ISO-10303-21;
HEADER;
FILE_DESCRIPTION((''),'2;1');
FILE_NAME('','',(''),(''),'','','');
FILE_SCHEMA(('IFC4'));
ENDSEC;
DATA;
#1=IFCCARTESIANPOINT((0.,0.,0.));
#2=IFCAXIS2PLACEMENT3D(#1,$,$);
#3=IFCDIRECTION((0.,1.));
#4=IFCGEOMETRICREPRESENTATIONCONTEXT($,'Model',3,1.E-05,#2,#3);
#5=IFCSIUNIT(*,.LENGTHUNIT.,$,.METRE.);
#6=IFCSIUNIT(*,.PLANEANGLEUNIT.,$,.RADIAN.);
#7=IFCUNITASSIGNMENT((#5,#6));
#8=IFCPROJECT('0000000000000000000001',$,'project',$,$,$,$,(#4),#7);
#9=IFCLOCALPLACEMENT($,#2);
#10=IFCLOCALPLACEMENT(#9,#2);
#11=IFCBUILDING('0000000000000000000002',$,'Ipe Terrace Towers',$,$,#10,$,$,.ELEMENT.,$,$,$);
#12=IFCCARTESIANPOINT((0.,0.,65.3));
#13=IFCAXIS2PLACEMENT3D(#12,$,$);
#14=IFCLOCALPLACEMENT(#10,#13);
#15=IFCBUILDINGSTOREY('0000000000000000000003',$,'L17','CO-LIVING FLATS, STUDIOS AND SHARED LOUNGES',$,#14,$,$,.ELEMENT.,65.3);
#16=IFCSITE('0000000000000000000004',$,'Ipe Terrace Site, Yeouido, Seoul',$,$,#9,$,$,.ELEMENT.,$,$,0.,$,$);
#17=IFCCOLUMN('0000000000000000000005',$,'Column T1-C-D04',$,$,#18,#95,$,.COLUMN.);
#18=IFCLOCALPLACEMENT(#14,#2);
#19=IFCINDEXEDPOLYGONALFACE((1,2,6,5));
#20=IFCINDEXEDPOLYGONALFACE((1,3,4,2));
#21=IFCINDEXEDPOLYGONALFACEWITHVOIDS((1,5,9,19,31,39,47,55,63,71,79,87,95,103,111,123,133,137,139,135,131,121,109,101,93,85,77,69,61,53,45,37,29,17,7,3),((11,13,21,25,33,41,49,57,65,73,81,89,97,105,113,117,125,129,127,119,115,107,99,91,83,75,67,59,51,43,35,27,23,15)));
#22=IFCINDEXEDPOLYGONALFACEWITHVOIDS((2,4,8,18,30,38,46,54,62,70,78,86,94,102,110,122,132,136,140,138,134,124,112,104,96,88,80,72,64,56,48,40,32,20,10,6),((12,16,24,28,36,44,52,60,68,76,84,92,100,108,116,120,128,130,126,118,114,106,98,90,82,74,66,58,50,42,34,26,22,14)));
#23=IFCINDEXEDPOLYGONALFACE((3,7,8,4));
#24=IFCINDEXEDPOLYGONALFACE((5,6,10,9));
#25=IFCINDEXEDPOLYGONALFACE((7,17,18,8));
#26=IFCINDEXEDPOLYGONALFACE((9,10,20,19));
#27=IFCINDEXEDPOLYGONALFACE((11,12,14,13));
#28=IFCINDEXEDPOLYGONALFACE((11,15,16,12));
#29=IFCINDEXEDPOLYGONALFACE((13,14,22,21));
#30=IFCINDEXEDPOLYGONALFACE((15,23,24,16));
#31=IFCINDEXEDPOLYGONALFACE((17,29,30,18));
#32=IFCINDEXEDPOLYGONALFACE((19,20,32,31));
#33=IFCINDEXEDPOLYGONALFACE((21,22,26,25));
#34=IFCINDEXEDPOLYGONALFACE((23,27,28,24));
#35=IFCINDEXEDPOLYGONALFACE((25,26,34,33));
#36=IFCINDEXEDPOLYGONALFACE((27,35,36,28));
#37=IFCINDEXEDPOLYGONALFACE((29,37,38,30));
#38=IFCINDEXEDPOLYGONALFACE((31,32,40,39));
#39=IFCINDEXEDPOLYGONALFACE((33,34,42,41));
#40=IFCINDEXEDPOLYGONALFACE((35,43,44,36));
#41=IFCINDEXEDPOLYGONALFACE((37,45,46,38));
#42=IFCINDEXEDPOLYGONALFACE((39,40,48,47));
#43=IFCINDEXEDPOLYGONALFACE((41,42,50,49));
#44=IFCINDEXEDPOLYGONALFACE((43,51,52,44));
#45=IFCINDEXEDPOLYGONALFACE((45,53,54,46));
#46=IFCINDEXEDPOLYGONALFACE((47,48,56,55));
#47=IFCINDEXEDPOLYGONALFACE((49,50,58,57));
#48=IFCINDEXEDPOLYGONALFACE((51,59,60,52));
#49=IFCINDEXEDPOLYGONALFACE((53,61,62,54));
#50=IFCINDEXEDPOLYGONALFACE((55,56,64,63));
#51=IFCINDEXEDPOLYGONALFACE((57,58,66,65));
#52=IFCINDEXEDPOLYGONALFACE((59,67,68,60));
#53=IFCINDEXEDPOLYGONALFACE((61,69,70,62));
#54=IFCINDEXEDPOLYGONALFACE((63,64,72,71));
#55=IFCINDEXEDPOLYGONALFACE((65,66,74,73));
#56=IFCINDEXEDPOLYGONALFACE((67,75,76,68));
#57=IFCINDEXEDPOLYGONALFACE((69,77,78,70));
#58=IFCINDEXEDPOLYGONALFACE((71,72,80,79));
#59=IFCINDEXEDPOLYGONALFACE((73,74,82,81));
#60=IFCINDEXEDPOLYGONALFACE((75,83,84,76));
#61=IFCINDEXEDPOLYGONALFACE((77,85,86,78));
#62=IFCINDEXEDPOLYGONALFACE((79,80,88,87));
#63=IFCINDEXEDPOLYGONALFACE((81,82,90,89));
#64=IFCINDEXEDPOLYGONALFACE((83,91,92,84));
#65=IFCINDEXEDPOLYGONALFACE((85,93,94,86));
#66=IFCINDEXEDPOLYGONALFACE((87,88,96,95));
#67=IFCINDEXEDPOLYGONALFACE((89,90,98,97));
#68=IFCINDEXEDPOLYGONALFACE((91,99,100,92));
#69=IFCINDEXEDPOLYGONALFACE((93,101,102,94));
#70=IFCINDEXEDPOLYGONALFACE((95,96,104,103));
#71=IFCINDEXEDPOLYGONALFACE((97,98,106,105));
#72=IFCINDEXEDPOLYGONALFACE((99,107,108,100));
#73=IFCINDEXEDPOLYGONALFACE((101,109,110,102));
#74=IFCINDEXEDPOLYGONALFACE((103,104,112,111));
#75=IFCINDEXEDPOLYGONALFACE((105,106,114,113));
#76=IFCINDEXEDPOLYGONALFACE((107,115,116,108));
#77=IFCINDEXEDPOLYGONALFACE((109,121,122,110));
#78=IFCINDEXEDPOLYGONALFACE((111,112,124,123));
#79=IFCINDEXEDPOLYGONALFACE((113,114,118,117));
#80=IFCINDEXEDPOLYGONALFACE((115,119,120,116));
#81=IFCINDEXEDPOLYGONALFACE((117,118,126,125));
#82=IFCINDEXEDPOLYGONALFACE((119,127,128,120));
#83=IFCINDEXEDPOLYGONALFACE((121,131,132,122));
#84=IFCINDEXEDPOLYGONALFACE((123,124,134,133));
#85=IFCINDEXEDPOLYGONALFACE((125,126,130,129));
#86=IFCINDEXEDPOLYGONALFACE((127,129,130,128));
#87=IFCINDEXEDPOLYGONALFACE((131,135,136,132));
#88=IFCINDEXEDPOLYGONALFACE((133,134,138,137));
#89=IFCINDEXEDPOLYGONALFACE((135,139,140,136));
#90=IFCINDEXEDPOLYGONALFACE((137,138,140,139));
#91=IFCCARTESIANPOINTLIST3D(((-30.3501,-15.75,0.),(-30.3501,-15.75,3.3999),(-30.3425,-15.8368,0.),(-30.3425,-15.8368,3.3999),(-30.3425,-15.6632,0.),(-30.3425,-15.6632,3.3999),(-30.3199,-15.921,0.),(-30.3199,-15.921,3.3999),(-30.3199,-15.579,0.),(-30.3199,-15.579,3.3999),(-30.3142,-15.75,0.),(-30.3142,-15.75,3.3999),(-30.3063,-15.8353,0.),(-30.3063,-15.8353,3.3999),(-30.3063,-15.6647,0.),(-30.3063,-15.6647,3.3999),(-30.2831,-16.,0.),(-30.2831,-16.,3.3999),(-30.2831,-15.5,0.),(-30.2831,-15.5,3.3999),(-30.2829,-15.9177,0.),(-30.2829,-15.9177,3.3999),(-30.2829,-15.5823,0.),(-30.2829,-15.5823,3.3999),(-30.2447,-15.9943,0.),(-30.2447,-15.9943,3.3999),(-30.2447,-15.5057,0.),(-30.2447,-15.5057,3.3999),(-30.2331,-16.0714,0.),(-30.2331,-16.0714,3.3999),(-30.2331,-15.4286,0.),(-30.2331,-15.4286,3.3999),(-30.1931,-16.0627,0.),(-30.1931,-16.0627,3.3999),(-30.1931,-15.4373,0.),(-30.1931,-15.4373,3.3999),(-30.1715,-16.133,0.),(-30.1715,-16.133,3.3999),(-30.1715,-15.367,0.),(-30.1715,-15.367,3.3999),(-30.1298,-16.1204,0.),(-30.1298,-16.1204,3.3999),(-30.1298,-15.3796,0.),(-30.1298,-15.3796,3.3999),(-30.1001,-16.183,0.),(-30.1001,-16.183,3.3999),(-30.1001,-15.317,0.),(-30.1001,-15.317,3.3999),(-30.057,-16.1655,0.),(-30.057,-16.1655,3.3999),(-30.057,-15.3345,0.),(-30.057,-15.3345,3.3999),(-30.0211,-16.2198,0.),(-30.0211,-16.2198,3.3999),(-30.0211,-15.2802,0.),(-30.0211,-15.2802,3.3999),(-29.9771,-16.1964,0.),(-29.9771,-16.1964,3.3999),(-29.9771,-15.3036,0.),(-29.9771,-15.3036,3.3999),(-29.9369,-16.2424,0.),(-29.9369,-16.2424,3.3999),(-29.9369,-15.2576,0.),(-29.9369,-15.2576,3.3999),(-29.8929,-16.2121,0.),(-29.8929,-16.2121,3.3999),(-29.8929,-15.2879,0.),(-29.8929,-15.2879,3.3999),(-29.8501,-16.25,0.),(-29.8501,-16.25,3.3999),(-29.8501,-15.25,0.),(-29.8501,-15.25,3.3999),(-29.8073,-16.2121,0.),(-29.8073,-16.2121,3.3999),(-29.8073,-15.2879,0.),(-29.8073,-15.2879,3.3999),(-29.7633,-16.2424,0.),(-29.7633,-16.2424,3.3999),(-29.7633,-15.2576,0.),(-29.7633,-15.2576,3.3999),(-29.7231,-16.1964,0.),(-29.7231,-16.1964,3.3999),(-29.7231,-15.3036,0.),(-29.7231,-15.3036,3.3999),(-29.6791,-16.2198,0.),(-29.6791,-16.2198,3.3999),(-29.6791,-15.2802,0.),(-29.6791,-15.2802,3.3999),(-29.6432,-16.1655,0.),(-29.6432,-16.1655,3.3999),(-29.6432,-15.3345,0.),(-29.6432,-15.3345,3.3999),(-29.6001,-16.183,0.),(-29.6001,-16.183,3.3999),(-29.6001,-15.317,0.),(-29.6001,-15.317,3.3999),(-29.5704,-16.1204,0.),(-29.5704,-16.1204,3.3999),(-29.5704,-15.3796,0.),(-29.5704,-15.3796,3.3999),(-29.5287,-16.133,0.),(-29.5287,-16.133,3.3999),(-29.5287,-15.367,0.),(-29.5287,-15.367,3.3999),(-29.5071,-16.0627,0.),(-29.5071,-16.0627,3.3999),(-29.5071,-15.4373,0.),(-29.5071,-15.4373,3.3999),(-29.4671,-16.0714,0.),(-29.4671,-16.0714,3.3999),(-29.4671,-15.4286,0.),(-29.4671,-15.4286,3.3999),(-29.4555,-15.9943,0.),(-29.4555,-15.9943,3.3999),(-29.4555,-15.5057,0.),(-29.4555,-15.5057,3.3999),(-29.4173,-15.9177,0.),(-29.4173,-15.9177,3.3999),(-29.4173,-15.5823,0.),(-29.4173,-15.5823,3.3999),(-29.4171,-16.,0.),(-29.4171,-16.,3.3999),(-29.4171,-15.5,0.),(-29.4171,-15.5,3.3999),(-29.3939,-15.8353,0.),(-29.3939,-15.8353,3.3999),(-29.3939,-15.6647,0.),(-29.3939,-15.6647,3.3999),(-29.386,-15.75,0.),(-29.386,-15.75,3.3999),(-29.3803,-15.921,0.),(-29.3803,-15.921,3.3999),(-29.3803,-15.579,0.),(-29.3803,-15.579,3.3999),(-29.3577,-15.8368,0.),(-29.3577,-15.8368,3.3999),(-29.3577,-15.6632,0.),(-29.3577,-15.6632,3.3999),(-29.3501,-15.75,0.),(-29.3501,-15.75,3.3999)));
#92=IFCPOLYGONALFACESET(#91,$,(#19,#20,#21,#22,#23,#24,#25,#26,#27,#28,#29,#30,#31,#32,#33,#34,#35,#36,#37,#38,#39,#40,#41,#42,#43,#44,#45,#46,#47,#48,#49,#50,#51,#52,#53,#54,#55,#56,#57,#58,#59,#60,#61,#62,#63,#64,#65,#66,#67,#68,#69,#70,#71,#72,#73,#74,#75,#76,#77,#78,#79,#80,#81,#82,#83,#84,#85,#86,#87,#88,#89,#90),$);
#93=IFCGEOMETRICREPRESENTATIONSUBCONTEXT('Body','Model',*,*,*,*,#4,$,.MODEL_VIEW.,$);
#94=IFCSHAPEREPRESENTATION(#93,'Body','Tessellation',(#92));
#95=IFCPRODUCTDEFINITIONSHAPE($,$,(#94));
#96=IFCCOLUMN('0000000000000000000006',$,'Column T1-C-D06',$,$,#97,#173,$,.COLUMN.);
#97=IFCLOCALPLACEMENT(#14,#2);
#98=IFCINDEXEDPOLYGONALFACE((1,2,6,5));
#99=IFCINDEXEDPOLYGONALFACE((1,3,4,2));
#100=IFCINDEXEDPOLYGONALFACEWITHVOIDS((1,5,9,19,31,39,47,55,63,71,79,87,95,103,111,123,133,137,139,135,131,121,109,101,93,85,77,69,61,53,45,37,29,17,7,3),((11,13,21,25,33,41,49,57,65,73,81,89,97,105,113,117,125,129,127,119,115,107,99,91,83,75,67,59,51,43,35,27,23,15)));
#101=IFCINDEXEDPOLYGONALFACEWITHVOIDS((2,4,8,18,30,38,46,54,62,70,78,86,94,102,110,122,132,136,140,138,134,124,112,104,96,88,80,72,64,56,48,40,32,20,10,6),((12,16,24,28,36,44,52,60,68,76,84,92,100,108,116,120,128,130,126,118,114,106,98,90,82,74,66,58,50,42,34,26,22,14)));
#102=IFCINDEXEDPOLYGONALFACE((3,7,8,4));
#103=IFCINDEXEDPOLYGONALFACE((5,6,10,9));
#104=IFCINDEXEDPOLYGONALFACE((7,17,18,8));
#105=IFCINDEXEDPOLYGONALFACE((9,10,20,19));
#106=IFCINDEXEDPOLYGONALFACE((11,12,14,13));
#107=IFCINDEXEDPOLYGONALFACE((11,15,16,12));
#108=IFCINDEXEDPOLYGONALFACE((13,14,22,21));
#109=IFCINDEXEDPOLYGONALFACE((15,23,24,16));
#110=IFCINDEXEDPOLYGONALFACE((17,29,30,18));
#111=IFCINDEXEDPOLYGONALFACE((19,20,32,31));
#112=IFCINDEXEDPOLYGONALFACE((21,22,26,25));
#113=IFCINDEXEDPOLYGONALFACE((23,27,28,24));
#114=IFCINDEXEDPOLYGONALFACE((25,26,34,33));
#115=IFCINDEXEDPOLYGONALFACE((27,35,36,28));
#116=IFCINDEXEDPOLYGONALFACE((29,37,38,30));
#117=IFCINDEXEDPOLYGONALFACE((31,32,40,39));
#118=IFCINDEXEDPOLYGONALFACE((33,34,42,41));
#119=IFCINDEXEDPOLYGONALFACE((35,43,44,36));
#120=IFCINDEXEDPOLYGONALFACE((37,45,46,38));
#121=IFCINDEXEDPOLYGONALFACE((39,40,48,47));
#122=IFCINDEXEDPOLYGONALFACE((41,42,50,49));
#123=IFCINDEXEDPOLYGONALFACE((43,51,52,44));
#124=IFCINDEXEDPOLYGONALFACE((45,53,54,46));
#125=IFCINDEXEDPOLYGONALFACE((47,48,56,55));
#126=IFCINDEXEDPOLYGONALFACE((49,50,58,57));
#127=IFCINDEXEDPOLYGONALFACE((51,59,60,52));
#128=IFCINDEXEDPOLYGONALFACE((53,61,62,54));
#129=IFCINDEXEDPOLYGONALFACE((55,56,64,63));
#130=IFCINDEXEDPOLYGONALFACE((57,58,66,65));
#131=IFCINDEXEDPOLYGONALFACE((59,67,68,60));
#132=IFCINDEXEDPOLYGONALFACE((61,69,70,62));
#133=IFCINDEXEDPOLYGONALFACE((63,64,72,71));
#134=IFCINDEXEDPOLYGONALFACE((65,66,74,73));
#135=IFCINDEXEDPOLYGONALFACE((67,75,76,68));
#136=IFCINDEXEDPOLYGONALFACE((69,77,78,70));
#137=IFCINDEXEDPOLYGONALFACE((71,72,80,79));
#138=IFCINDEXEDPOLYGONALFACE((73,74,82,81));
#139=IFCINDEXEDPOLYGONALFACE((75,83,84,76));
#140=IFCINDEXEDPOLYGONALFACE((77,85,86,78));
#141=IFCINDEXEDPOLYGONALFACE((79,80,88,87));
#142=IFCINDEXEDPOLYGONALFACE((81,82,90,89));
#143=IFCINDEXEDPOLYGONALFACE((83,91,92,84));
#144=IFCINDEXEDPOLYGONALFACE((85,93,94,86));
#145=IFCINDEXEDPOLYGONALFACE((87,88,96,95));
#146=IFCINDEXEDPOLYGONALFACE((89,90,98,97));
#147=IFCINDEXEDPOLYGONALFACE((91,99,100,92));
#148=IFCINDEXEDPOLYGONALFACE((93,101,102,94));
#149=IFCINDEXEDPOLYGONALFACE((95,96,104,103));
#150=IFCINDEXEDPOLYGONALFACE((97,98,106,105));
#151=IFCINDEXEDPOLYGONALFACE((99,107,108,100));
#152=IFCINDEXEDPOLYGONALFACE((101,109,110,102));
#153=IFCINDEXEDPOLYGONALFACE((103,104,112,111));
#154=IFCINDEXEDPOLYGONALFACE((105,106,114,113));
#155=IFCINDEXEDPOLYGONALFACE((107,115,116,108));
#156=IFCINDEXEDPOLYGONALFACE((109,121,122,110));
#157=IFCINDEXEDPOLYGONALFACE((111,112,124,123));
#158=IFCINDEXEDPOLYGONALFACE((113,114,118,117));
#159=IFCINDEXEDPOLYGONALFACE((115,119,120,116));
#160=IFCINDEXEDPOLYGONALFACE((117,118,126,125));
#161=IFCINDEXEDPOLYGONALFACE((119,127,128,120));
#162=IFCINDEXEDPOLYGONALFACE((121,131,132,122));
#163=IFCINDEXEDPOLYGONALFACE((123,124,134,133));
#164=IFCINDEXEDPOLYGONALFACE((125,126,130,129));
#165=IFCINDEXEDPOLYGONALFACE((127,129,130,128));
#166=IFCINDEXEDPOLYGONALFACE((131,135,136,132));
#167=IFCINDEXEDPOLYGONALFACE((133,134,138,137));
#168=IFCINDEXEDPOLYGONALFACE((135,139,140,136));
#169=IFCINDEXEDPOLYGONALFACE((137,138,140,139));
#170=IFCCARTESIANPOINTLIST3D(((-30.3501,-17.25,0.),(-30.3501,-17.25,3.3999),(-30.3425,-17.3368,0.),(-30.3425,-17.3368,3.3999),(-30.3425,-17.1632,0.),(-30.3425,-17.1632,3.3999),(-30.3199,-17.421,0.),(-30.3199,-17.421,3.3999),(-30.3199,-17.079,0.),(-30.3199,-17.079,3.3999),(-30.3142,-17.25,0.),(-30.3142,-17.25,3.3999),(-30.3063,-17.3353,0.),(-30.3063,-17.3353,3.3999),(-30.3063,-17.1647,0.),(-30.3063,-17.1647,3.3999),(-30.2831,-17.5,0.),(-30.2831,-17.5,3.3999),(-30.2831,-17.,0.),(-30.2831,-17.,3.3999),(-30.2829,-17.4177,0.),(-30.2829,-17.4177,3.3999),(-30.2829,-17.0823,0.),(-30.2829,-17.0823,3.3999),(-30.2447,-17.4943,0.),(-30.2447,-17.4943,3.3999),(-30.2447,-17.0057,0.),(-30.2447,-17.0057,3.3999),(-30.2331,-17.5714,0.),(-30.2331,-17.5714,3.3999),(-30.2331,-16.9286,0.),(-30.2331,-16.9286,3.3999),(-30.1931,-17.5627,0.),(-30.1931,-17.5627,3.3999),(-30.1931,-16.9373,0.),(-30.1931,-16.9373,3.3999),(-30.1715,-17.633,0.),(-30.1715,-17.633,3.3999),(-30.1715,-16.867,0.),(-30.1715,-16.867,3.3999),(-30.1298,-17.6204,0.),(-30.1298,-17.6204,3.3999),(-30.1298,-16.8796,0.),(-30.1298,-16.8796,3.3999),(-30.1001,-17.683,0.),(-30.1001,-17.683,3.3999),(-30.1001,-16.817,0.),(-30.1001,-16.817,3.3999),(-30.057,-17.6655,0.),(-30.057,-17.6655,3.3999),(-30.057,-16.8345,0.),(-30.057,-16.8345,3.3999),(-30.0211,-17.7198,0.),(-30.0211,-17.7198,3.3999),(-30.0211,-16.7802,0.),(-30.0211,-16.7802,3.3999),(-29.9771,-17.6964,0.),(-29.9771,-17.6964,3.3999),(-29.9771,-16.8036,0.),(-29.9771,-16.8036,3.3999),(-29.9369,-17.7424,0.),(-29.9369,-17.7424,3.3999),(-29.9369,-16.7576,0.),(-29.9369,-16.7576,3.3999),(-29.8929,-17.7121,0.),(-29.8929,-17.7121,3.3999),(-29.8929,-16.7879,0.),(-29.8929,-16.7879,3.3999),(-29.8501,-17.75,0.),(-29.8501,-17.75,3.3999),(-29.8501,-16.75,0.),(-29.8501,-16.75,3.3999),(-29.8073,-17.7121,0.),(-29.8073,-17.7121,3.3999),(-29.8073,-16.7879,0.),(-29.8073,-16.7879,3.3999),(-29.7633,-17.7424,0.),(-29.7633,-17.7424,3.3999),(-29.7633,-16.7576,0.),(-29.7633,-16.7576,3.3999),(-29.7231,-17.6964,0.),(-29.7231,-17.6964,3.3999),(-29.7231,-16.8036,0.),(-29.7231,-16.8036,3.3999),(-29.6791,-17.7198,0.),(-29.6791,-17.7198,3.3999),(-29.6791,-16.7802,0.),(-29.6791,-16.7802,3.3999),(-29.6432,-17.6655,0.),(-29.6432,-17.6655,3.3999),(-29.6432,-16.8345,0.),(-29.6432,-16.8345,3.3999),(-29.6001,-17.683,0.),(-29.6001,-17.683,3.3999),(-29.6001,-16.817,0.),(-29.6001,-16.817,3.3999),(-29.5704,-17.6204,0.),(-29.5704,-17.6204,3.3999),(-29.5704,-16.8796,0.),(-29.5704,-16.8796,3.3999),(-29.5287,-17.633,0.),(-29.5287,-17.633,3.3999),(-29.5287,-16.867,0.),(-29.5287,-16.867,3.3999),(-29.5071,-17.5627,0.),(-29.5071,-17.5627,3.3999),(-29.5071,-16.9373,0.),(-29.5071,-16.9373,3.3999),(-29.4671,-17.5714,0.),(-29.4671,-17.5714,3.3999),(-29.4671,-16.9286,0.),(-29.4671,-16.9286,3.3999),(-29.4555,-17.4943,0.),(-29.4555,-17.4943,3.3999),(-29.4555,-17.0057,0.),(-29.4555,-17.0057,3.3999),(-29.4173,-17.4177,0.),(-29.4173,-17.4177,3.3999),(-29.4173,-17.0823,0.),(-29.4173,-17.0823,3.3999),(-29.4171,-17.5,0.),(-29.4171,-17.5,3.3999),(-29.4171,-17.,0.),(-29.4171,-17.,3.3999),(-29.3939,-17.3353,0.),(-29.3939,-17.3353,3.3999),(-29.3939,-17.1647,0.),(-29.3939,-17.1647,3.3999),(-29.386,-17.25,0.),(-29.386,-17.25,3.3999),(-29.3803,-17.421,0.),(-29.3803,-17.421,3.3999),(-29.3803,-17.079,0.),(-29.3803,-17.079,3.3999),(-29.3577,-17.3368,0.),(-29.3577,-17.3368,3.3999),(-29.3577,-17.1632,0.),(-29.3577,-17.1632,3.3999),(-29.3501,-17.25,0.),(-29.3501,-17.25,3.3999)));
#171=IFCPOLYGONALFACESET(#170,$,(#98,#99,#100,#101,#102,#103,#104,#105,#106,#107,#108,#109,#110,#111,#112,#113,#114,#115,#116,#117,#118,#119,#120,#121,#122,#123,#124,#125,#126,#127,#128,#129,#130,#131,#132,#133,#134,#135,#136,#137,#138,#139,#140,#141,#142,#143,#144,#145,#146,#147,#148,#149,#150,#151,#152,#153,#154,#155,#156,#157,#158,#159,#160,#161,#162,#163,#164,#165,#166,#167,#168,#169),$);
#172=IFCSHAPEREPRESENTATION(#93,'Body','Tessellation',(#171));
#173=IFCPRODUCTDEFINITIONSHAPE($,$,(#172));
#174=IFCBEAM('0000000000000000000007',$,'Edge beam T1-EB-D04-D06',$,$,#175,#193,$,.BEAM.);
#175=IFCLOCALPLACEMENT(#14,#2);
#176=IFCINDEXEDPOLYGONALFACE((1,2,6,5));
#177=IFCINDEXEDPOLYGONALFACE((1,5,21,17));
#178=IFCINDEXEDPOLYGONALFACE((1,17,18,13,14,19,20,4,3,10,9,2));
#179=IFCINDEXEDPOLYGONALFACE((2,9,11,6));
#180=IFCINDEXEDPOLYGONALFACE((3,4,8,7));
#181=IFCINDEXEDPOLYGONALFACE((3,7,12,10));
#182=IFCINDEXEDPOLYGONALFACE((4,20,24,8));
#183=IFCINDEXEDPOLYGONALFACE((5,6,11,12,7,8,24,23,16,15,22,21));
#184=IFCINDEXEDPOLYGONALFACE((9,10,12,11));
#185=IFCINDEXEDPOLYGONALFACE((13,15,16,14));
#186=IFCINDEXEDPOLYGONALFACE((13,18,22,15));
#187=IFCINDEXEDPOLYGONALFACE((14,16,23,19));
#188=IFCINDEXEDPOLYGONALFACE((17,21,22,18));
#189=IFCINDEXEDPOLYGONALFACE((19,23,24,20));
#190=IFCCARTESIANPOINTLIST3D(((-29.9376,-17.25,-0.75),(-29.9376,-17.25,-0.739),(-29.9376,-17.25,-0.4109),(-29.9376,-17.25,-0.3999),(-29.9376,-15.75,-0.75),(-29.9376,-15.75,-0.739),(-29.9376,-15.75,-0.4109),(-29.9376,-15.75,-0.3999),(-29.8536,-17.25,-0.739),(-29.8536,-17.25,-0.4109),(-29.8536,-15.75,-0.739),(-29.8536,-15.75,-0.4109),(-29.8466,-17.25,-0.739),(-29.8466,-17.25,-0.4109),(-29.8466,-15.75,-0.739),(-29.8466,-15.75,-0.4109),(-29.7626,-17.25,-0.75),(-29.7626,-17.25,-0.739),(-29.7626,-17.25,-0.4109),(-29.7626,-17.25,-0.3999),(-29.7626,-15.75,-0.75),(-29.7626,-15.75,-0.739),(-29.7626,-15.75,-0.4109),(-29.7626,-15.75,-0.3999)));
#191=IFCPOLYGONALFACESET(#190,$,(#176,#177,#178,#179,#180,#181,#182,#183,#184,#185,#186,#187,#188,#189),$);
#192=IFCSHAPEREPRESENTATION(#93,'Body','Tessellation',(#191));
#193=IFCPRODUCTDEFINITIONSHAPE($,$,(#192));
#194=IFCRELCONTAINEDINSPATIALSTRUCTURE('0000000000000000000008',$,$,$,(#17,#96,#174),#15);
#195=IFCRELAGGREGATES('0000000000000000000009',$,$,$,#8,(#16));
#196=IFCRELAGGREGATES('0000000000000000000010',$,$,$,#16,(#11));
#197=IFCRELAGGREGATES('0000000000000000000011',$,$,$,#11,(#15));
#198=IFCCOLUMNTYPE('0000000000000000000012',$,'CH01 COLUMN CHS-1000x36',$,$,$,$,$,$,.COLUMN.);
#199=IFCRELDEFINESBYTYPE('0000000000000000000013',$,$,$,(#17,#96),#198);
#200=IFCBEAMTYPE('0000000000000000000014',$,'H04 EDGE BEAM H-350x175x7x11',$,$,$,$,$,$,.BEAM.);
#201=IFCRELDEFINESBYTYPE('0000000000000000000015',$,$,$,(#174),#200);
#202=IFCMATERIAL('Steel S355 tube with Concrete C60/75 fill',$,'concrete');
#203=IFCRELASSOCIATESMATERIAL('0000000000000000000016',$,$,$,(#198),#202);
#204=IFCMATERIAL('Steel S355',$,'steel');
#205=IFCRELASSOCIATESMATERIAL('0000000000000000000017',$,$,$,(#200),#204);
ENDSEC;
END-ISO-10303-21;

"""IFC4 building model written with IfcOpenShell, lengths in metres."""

from ifc_helpers import new_model, si_unit, direction, frame, origin, origin_2d, place, context, subcontext, project, spatial, hollow_circle, i_section, extrude, material, material_profile, profile_set, type_object, element, save


model = new_model("IFC4")

# Units and contexts
model_context = context("Model", 3, precision=1e-05, world=origin(), true_north=direction((0.0, 1.0)))
body_context = subcontext(model_context, "Body", "Model", "MODEL_VIEW")
ifc_project = project(units=[si_unit("LENGTHUNIT", "METRE"), si_unit("PLANEANGLEUNIT", "RADIAN")], contexts=[model_context])

# Site, building, storey
site_placement = place(None, origin())
site = spatial("IfcSite", under=ifc_project, at=site_placement, Name="Ipe Terrace Site, Yeouido, Seoul", CompositionType="ELEMENT", RefElevation=0.0)
building_placement = place(site_placement, origin())
building = spatial("IfcBuilding", under=site, at=building_placement, Name="Ipe Terrace Towers", CompositionType="ELEMENT")
storey_placement = place(building_placement, frame((0.0, 0.0, 65.3)))
storey = spatial("IfcBuildingStorey", under=building, at=storey_placement, Name="L17", Description="CO-LIVING FLATS, STUDIOS AND SHARED LOUNGES", CompositionType="ELEMENT", Elevation=65.3)

# Columns
ifc_material_1 = material(Name="Steel S355 tube with Concrete C60/75 fill", Category="concrete")
ifc_material_profile_1 = material_profile(ifc_material_1, hollow_circle(Radius=0.5, WallThickness=0.0359, at=origin_2d()), Name="CHS-1000x36")
ifc_profile_set_1 = profile_set([ifc_material_profile_1], Name="Steel S355 tube with Concrete C60/75 fill")
column_type = type_object("IfcColumnType", Name="CH01 COLUMN CHS-1000x36", PredefinedType="COLUMN", material=ifc_profile_set_1)
for number, where, z_axis, x_axis, name in (
    (1, (-29.8501, -15.75, 0.0), (0.0, 0.0, 1.0), (1.0, 0.0, 0.0), "Column T1-C-D04"),
    (2, (-29.8501, -17.25, 0.0), (0.0, 0.0, 1.0), (1.0, 0.0, 0.0), "Column T1-C-D06"),
):
    element("IfcColumn", number, at=place(storey_placement, frame(where, z_axis=z_axis, x_axis=x_axis)), inside=storey, type_object=column_type, Name=name, PredefinedType="COLUMN", context=body_context, shape_type="SweptSolid", body=[
        extrude(hollow_circle(Radius=0.5, WallThickness=0.0359, at=origin_2d()), origin(), (0.0, 0.0, 1.0), 3.3999),
    ])

# Beam
ifc_material_2 = material(Name="Steel S355", Category="steel")
ifc_material_profile_2 = material_profile(ifc_material_2, i_section(OverallWidth=0.175, OverallDepth=0.3501, WebThickness=0.0071, FlangeThickness=0.011, at=origin_2d()), Name="H-350x175x7x11")
ifc_profile_set_2 = profile_set([ifc_material_profile_2], Name="Steel S355")
beam_type = type_object("IfcBeamType", Name="H04 EDGE BEAM H-350x175x7x11", PredefinedType="BEAM", material=ifc_profile_set_2)
beam_placement = place(storey_placement, frame((-29.8501, -15.75, -0.575), z_axis=(0.0, -1.0, 0.0), x_axis=(1.0, 0.0, 0.0)))
element("IfcBeam", 3, at=beam_placement, inside=storey, type_object=beam_type, Name="Edge beam T1-EB-D04-D06", PredefinedType="BEAM", context=body_context, shape_type="SweptSolid", body=[
    extrude(i_section(OverallWidth=0.175, OverallDepth=0.3501, WebThickness=0.0071, FlangeThickness=0.011, at=origin_2d()), origin(), (0.0, 0.0, 1.0), 1.5),
])

save(model, "model.ifc")
